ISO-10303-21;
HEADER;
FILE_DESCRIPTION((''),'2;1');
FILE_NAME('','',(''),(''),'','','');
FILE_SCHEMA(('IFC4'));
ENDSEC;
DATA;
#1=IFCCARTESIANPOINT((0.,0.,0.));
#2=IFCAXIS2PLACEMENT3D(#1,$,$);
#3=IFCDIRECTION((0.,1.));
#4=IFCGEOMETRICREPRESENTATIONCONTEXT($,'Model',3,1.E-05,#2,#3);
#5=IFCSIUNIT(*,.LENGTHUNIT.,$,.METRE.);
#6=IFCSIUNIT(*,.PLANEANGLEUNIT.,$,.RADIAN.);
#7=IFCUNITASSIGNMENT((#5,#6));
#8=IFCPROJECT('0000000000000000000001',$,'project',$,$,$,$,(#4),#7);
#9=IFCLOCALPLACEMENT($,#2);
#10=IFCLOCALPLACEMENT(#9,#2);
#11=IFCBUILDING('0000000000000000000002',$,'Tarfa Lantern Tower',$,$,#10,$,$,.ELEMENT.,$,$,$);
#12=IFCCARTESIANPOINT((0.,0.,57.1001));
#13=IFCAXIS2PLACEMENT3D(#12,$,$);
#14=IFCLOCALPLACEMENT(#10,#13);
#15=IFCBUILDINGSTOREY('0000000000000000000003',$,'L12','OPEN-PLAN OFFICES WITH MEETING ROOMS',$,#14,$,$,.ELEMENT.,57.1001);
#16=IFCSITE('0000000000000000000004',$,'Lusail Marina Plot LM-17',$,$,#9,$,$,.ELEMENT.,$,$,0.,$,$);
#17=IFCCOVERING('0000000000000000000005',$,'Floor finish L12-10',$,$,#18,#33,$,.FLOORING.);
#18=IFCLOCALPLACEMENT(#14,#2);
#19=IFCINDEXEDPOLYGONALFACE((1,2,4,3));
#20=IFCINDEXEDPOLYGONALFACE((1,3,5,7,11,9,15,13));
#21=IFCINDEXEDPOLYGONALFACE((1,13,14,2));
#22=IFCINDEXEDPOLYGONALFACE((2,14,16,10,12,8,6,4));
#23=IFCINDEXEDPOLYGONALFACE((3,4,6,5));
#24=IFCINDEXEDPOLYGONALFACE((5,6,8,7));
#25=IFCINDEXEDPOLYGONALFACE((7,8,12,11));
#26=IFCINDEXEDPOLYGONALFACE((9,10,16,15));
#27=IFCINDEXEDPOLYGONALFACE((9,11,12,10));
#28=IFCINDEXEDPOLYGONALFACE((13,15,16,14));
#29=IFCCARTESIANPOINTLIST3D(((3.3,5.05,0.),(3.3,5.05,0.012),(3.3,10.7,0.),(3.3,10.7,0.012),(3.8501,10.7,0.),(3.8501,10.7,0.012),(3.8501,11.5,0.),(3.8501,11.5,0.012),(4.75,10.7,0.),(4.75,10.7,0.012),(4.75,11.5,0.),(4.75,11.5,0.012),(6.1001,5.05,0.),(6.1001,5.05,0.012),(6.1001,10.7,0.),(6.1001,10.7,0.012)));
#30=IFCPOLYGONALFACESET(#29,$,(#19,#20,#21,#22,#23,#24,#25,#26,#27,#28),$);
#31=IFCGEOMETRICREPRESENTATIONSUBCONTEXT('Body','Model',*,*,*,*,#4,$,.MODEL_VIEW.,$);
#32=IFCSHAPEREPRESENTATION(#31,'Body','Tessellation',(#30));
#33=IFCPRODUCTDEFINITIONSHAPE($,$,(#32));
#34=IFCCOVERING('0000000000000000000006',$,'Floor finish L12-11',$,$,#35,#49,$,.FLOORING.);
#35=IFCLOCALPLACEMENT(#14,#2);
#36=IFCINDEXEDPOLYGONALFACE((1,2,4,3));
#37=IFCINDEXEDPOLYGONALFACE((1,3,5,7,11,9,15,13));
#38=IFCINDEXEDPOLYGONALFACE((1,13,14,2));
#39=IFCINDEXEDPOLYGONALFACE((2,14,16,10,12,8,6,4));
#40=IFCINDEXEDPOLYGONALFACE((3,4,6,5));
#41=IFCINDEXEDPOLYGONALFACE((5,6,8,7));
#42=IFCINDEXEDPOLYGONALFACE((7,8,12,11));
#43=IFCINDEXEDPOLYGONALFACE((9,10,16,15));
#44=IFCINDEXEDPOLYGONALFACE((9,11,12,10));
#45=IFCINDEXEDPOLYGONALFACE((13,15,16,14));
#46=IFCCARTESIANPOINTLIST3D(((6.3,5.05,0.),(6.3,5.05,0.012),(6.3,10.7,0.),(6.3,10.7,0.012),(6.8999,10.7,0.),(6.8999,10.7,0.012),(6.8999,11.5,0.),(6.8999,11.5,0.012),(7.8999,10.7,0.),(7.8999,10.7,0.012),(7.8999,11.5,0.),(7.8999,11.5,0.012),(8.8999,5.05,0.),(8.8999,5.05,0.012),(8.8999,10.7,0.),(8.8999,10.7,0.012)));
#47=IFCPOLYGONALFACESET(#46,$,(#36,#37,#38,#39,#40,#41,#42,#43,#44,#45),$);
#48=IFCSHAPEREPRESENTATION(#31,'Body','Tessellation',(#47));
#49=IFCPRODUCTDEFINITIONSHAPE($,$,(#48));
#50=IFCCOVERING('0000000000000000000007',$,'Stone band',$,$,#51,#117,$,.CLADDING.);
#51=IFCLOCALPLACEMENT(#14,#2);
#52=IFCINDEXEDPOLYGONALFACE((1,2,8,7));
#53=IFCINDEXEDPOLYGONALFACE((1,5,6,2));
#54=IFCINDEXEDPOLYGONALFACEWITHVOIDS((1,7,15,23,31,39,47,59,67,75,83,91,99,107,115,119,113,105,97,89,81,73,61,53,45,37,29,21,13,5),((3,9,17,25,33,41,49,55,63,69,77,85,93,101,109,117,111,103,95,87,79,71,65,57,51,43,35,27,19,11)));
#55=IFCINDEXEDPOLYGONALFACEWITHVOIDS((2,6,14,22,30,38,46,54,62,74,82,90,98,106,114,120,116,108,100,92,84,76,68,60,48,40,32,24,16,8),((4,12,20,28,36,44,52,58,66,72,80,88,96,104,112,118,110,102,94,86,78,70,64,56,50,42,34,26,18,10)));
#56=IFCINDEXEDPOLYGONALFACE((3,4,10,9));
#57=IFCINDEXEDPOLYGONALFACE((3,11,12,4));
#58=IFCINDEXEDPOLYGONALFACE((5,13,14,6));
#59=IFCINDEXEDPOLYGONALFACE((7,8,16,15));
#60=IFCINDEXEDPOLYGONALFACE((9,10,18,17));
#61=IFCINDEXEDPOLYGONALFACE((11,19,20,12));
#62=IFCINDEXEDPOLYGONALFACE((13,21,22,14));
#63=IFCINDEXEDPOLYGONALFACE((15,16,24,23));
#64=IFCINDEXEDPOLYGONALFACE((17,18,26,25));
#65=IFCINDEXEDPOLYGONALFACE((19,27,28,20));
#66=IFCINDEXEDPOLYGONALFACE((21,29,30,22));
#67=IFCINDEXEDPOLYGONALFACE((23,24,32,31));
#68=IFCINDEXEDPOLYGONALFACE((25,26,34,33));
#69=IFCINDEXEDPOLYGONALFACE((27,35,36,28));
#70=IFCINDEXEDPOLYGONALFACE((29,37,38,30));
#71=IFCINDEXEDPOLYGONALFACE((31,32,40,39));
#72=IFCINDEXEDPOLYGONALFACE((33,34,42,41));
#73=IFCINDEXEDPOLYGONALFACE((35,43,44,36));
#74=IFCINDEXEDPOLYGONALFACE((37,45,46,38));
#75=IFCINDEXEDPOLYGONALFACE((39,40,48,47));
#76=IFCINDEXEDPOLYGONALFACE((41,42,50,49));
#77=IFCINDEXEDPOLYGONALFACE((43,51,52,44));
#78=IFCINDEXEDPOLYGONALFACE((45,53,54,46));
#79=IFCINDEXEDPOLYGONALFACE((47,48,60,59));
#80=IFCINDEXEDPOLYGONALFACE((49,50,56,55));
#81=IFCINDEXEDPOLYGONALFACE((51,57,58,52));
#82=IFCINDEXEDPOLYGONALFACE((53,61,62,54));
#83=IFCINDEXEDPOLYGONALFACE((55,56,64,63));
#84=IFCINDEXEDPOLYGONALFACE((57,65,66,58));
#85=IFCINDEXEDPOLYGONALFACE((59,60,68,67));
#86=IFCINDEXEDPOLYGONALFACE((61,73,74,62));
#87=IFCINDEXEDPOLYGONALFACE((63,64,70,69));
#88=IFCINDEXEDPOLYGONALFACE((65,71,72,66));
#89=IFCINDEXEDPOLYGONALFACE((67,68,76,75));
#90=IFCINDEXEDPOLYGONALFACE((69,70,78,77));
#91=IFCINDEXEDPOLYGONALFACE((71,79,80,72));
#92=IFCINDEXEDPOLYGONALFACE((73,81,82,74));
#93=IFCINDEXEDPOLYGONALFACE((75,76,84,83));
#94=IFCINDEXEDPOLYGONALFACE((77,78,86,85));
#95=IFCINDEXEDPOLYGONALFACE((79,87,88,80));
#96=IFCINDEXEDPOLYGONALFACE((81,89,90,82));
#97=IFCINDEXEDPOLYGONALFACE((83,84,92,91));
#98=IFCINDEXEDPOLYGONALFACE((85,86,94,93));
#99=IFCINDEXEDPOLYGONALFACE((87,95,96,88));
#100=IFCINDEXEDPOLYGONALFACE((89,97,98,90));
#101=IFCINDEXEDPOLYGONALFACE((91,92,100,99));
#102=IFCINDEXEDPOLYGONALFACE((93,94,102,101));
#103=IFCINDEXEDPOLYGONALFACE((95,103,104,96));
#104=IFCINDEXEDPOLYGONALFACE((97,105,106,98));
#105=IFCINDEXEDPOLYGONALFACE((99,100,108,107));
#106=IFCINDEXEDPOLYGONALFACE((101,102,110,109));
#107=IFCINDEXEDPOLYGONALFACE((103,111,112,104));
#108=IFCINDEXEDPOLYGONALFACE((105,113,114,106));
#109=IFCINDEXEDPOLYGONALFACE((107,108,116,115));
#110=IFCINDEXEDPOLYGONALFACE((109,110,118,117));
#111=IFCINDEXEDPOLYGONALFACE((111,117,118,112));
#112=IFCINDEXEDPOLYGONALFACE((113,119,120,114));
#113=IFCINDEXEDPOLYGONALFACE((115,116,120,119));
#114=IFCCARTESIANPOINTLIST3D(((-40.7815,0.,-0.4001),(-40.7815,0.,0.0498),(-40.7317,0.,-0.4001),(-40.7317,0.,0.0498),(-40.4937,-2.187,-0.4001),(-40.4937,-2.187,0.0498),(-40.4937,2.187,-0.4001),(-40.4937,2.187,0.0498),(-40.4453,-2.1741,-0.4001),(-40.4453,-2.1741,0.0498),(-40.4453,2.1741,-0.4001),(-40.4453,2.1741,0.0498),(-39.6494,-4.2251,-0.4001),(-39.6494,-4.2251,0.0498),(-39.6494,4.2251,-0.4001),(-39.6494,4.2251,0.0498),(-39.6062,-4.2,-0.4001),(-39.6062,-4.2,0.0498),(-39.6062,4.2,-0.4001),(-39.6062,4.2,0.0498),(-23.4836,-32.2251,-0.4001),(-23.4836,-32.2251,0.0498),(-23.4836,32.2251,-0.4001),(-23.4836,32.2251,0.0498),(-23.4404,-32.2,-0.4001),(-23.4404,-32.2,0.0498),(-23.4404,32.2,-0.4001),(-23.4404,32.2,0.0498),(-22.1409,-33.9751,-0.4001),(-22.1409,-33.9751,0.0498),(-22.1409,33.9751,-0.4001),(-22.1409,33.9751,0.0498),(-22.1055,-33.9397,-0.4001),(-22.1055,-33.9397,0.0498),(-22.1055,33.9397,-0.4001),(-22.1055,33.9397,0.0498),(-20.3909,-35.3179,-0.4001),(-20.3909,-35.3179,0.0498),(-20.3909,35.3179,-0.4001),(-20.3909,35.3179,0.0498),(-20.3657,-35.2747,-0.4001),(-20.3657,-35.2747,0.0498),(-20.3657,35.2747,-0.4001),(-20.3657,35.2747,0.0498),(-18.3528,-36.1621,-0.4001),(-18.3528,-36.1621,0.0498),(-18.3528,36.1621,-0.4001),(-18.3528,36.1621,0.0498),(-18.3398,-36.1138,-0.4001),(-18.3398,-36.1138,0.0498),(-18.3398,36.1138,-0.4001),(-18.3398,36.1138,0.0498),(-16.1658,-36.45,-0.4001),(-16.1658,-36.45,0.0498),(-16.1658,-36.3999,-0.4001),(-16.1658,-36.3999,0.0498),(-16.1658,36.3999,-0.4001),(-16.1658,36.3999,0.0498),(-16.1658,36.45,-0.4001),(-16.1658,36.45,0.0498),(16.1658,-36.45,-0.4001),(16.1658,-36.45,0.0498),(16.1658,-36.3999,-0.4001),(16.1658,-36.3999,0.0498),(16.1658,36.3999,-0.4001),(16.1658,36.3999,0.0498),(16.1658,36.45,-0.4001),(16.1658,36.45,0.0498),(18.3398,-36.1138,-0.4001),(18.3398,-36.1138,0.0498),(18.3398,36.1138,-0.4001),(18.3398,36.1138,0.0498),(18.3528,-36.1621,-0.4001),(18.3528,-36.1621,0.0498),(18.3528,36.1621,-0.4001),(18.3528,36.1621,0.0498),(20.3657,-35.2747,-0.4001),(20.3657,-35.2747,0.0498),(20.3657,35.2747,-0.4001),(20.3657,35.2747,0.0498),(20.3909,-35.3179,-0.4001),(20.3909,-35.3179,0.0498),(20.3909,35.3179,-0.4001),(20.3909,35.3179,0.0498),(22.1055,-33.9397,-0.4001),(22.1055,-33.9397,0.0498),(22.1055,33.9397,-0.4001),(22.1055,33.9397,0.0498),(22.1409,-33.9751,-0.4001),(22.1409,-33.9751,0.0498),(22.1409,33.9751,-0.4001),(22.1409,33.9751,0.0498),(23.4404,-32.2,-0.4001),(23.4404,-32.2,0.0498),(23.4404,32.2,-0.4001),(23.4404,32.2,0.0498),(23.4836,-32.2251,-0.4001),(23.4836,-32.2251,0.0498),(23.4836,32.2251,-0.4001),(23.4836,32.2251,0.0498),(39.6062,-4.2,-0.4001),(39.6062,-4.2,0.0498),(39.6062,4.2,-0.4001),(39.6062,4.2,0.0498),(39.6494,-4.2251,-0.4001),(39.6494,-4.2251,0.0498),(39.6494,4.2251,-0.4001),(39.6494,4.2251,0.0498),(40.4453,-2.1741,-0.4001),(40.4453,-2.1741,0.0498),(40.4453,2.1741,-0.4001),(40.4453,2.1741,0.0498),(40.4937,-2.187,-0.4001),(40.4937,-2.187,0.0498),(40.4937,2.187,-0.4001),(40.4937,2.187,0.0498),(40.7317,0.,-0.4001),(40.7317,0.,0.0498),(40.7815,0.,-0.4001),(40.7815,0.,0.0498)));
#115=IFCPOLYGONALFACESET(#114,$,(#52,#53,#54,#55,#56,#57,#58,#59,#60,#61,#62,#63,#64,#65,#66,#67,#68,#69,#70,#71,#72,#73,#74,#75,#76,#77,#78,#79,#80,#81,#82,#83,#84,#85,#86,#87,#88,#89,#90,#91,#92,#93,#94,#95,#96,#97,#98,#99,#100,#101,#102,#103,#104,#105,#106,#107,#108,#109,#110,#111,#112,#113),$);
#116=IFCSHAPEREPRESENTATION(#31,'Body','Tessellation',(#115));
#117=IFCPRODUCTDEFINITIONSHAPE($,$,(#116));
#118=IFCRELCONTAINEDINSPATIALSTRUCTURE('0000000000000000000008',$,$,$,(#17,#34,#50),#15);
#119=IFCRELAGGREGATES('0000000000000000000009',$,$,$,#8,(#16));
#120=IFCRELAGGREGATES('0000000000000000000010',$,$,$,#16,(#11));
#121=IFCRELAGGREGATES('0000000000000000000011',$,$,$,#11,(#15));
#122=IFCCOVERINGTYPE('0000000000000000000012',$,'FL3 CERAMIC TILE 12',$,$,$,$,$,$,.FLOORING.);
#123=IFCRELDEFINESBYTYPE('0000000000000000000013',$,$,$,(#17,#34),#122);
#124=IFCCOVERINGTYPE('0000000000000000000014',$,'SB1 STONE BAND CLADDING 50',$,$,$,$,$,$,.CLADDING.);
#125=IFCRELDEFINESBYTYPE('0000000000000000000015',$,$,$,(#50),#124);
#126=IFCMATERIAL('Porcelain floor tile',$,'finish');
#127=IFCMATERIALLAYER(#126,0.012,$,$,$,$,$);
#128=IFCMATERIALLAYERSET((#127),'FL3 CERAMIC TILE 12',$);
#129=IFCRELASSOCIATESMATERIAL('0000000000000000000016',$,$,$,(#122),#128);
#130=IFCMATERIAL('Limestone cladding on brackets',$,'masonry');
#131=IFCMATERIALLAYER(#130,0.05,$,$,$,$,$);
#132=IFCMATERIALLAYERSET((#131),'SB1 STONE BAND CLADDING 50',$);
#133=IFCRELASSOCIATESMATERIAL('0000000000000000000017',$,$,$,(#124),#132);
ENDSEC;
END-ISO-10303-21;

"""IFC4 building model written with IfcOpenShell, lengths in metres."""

from ifc_helpers import new_model, si_unit, direction, frame, origin, place, context, subcontext, project, spatial, polyline, outline, extrude, material, layer, layer_set, type_object, element, save


model = new_model("IFC4")

# Units and contexts
model_context = context("Model", 3, precision=1e-05, world=origin(), true_north=direction((0.0, 1.0)))
body_context = subcontext(model_context, "Body", "Model", "MODEL_VIEW")
ifc_project = project(units=[si_unit("LENGTHUNIT", "METRE"), si_unit("PLANEANGLEUNIT", "RADIAN")], contexts=[model_context])

# Site, building, storey
site_placement = place(None, origin())
site = spatial("IfcSite", under=ifc_project, at=site_placement, Name="Lusail Marina Plot LM-17", CompositionType="ELEMENT", RefElevation=0.0)
building_placement = place(site_placement, origin())
building = spatial("IfcBuilding", under=site, at=building_placement, Name="Tarfa Lantern Tower", CompositionType="ELEMENT")
storey_placement = place(building_placement, frame((0.0, 0.0, 57.1001)))
storey = spatial("IfcBuildingStorey", under=building, at=storey_placement, Name="L12", Description="OPEN-PLAN OFFICES WITH MEETING ROOMS", CompositionType="ELEMENT", Elevation=57.1001)

# Coverings
ifc_material_1 = material(Name="Porcelain floor tile", Category="finish")
ifc_layer_1 = layer(ifc_material_1, 0.012)
ifc_layer_set_1 = layer_set([ifc_layer_1], Name="FL3 CERAMIC TILE 12")
covering_type_1 = type_object("IfcCoveringType", Name="FL3 CERAMIC TILE 12", PredefinedType="FLOORING", material=ifc_layer_set_1)
covering_1_placement = place(storey_placement, origin())
element("IfcCovering", 1, at=covering_1_placement, inside=storey, type_object=covering_type_1, Name="Floor finish L12-10", PredefinedType="FLOORING", context=body_context, shape_type="SweptSolid", body=[
    extrude(outline(polyline([(3.3, 5.05), (6.1001, 5.05), (6.1001, 10.7), (4.75, 10.7), (4.75, 11.5), (3.8501, 11.5), (3.8501, 10.7), (3.3, 10.7), (3.3, 5.05)])), origin(), (0.0, 0.0, 1.0), 0.012),
])
covering_2_placement = place(storey_placement, origin())
element("IfcCovering", 2, at=covering_2_placement, inside=storey, type_object=covering_type_1, Name="Floor finish L12-11", PredefinedType="FLOORING", context=body_context, shape_type="SweptSolid", body=[
    extrude(outline(polyline([(6.3, 5.05), (8.8999, 5.05), (8.8999, 10.7), (7.8999, 10.7), (7.8999, 11.5), (6.8999, 11.5), (6.8999, 10.7), (6.3, 10.7), (6.3, 5.05)])), origin(), (0.0, 0.0, 1.0), 0.012),
])
ifc_material_2 = material(Name="Limestone cladding on brackets", Category="masonry")
ifc_layer_2 = layer(ifc_material_2, 0.05)
ifc_layer_set_2 = layer_set([ifc_layer_2], Name="SB1 STONE BAND CLADDING 50")
covering_type_2 = type_object("IfcCoveringType", Name="SB1 STONE BAND CLADDING 50", PredefinedType="CLADDING", material=ifc_layer_set_2)
covering_3_placement = place(storey_placement, frame((0.0, 0.0, -0.4001)))
element("IfcCovering", 3, at=covering_3_placement, inside=storey, type_object=covering_type_2, Name="Stone band", PredefinedType="CLADDING", context=body_context, shape_type="SweptSolid", body=[
    extrude(outline(polyline([(39.6494, 4.2251), (23.4836, 32.2251), (22.1409, 33.9751), (20.3909, 35.3179), (18.3528, 36.1621), (16.1658, 36.45), (-16.1658, 36.45), (-18.3528, 36.1621), (-20.3909, 35.3179), (-22.1409, 33.9751), (-23.4836, 32.2251), (-39.6494, 4.2251), (-40.4937, 2.187), (-40.7815, 0.0), (-40.4937, -2.187), (-39.6494, -4.2251), (-23.4836, -32.2251), (-22.1409, -33.9751), (-20.3909, -35.3179), (-18.3528, -36.1621), (-16.1658, -36.45), (16.1658, -36.45), (18.3528, -36.1621), (20.3909, -35.3179), (22.1409, -33.9751), (23.4836, -32.2251), (39.6494, -4.2251), (40.4937, -2.187), (40.7815, 0.0), (40.4937, 2.187), (39.6494, 4.2251)]), holes=[polyline([(39.6062, 4.2), (23.4404, 32.2), (22.1055, 33.9397), (20.3657, 35.2747), (18.3398, 36.1138), (16.1658, 36.3999), (-16.1658, 36.3999), (-18.3398, 36.1138), (-20.3657, 35.2747), (-22.1055, 33.9397), (-23.4404, 32.2), (-39.6062, 4.2), (-40.4453, 2.1741), (-40.7317, 0.0), (-40.4453, -2.1741), (-39.6062, -4.2), (-23.4404, -32.2), (-22.1055, -33.9397), (-20.3657, -35.2747), (-18.3398, -36.1138), (-16.1658, -36.3999), (16.1658, -36.3999), (18.3398, -36.1138), (20.3657, -35.2747), (22.1055, -33.9397), (23.4404, -32.2), (39.6062, -4.2), (40.4453, -2.1741), (40.7317, 0.0), (40.4453, 2.1741), (39.6062, 4.2)])]), origin(), (0.0, 0.0, 1.0), 0.45),
])

save(model, "model.ifc")
